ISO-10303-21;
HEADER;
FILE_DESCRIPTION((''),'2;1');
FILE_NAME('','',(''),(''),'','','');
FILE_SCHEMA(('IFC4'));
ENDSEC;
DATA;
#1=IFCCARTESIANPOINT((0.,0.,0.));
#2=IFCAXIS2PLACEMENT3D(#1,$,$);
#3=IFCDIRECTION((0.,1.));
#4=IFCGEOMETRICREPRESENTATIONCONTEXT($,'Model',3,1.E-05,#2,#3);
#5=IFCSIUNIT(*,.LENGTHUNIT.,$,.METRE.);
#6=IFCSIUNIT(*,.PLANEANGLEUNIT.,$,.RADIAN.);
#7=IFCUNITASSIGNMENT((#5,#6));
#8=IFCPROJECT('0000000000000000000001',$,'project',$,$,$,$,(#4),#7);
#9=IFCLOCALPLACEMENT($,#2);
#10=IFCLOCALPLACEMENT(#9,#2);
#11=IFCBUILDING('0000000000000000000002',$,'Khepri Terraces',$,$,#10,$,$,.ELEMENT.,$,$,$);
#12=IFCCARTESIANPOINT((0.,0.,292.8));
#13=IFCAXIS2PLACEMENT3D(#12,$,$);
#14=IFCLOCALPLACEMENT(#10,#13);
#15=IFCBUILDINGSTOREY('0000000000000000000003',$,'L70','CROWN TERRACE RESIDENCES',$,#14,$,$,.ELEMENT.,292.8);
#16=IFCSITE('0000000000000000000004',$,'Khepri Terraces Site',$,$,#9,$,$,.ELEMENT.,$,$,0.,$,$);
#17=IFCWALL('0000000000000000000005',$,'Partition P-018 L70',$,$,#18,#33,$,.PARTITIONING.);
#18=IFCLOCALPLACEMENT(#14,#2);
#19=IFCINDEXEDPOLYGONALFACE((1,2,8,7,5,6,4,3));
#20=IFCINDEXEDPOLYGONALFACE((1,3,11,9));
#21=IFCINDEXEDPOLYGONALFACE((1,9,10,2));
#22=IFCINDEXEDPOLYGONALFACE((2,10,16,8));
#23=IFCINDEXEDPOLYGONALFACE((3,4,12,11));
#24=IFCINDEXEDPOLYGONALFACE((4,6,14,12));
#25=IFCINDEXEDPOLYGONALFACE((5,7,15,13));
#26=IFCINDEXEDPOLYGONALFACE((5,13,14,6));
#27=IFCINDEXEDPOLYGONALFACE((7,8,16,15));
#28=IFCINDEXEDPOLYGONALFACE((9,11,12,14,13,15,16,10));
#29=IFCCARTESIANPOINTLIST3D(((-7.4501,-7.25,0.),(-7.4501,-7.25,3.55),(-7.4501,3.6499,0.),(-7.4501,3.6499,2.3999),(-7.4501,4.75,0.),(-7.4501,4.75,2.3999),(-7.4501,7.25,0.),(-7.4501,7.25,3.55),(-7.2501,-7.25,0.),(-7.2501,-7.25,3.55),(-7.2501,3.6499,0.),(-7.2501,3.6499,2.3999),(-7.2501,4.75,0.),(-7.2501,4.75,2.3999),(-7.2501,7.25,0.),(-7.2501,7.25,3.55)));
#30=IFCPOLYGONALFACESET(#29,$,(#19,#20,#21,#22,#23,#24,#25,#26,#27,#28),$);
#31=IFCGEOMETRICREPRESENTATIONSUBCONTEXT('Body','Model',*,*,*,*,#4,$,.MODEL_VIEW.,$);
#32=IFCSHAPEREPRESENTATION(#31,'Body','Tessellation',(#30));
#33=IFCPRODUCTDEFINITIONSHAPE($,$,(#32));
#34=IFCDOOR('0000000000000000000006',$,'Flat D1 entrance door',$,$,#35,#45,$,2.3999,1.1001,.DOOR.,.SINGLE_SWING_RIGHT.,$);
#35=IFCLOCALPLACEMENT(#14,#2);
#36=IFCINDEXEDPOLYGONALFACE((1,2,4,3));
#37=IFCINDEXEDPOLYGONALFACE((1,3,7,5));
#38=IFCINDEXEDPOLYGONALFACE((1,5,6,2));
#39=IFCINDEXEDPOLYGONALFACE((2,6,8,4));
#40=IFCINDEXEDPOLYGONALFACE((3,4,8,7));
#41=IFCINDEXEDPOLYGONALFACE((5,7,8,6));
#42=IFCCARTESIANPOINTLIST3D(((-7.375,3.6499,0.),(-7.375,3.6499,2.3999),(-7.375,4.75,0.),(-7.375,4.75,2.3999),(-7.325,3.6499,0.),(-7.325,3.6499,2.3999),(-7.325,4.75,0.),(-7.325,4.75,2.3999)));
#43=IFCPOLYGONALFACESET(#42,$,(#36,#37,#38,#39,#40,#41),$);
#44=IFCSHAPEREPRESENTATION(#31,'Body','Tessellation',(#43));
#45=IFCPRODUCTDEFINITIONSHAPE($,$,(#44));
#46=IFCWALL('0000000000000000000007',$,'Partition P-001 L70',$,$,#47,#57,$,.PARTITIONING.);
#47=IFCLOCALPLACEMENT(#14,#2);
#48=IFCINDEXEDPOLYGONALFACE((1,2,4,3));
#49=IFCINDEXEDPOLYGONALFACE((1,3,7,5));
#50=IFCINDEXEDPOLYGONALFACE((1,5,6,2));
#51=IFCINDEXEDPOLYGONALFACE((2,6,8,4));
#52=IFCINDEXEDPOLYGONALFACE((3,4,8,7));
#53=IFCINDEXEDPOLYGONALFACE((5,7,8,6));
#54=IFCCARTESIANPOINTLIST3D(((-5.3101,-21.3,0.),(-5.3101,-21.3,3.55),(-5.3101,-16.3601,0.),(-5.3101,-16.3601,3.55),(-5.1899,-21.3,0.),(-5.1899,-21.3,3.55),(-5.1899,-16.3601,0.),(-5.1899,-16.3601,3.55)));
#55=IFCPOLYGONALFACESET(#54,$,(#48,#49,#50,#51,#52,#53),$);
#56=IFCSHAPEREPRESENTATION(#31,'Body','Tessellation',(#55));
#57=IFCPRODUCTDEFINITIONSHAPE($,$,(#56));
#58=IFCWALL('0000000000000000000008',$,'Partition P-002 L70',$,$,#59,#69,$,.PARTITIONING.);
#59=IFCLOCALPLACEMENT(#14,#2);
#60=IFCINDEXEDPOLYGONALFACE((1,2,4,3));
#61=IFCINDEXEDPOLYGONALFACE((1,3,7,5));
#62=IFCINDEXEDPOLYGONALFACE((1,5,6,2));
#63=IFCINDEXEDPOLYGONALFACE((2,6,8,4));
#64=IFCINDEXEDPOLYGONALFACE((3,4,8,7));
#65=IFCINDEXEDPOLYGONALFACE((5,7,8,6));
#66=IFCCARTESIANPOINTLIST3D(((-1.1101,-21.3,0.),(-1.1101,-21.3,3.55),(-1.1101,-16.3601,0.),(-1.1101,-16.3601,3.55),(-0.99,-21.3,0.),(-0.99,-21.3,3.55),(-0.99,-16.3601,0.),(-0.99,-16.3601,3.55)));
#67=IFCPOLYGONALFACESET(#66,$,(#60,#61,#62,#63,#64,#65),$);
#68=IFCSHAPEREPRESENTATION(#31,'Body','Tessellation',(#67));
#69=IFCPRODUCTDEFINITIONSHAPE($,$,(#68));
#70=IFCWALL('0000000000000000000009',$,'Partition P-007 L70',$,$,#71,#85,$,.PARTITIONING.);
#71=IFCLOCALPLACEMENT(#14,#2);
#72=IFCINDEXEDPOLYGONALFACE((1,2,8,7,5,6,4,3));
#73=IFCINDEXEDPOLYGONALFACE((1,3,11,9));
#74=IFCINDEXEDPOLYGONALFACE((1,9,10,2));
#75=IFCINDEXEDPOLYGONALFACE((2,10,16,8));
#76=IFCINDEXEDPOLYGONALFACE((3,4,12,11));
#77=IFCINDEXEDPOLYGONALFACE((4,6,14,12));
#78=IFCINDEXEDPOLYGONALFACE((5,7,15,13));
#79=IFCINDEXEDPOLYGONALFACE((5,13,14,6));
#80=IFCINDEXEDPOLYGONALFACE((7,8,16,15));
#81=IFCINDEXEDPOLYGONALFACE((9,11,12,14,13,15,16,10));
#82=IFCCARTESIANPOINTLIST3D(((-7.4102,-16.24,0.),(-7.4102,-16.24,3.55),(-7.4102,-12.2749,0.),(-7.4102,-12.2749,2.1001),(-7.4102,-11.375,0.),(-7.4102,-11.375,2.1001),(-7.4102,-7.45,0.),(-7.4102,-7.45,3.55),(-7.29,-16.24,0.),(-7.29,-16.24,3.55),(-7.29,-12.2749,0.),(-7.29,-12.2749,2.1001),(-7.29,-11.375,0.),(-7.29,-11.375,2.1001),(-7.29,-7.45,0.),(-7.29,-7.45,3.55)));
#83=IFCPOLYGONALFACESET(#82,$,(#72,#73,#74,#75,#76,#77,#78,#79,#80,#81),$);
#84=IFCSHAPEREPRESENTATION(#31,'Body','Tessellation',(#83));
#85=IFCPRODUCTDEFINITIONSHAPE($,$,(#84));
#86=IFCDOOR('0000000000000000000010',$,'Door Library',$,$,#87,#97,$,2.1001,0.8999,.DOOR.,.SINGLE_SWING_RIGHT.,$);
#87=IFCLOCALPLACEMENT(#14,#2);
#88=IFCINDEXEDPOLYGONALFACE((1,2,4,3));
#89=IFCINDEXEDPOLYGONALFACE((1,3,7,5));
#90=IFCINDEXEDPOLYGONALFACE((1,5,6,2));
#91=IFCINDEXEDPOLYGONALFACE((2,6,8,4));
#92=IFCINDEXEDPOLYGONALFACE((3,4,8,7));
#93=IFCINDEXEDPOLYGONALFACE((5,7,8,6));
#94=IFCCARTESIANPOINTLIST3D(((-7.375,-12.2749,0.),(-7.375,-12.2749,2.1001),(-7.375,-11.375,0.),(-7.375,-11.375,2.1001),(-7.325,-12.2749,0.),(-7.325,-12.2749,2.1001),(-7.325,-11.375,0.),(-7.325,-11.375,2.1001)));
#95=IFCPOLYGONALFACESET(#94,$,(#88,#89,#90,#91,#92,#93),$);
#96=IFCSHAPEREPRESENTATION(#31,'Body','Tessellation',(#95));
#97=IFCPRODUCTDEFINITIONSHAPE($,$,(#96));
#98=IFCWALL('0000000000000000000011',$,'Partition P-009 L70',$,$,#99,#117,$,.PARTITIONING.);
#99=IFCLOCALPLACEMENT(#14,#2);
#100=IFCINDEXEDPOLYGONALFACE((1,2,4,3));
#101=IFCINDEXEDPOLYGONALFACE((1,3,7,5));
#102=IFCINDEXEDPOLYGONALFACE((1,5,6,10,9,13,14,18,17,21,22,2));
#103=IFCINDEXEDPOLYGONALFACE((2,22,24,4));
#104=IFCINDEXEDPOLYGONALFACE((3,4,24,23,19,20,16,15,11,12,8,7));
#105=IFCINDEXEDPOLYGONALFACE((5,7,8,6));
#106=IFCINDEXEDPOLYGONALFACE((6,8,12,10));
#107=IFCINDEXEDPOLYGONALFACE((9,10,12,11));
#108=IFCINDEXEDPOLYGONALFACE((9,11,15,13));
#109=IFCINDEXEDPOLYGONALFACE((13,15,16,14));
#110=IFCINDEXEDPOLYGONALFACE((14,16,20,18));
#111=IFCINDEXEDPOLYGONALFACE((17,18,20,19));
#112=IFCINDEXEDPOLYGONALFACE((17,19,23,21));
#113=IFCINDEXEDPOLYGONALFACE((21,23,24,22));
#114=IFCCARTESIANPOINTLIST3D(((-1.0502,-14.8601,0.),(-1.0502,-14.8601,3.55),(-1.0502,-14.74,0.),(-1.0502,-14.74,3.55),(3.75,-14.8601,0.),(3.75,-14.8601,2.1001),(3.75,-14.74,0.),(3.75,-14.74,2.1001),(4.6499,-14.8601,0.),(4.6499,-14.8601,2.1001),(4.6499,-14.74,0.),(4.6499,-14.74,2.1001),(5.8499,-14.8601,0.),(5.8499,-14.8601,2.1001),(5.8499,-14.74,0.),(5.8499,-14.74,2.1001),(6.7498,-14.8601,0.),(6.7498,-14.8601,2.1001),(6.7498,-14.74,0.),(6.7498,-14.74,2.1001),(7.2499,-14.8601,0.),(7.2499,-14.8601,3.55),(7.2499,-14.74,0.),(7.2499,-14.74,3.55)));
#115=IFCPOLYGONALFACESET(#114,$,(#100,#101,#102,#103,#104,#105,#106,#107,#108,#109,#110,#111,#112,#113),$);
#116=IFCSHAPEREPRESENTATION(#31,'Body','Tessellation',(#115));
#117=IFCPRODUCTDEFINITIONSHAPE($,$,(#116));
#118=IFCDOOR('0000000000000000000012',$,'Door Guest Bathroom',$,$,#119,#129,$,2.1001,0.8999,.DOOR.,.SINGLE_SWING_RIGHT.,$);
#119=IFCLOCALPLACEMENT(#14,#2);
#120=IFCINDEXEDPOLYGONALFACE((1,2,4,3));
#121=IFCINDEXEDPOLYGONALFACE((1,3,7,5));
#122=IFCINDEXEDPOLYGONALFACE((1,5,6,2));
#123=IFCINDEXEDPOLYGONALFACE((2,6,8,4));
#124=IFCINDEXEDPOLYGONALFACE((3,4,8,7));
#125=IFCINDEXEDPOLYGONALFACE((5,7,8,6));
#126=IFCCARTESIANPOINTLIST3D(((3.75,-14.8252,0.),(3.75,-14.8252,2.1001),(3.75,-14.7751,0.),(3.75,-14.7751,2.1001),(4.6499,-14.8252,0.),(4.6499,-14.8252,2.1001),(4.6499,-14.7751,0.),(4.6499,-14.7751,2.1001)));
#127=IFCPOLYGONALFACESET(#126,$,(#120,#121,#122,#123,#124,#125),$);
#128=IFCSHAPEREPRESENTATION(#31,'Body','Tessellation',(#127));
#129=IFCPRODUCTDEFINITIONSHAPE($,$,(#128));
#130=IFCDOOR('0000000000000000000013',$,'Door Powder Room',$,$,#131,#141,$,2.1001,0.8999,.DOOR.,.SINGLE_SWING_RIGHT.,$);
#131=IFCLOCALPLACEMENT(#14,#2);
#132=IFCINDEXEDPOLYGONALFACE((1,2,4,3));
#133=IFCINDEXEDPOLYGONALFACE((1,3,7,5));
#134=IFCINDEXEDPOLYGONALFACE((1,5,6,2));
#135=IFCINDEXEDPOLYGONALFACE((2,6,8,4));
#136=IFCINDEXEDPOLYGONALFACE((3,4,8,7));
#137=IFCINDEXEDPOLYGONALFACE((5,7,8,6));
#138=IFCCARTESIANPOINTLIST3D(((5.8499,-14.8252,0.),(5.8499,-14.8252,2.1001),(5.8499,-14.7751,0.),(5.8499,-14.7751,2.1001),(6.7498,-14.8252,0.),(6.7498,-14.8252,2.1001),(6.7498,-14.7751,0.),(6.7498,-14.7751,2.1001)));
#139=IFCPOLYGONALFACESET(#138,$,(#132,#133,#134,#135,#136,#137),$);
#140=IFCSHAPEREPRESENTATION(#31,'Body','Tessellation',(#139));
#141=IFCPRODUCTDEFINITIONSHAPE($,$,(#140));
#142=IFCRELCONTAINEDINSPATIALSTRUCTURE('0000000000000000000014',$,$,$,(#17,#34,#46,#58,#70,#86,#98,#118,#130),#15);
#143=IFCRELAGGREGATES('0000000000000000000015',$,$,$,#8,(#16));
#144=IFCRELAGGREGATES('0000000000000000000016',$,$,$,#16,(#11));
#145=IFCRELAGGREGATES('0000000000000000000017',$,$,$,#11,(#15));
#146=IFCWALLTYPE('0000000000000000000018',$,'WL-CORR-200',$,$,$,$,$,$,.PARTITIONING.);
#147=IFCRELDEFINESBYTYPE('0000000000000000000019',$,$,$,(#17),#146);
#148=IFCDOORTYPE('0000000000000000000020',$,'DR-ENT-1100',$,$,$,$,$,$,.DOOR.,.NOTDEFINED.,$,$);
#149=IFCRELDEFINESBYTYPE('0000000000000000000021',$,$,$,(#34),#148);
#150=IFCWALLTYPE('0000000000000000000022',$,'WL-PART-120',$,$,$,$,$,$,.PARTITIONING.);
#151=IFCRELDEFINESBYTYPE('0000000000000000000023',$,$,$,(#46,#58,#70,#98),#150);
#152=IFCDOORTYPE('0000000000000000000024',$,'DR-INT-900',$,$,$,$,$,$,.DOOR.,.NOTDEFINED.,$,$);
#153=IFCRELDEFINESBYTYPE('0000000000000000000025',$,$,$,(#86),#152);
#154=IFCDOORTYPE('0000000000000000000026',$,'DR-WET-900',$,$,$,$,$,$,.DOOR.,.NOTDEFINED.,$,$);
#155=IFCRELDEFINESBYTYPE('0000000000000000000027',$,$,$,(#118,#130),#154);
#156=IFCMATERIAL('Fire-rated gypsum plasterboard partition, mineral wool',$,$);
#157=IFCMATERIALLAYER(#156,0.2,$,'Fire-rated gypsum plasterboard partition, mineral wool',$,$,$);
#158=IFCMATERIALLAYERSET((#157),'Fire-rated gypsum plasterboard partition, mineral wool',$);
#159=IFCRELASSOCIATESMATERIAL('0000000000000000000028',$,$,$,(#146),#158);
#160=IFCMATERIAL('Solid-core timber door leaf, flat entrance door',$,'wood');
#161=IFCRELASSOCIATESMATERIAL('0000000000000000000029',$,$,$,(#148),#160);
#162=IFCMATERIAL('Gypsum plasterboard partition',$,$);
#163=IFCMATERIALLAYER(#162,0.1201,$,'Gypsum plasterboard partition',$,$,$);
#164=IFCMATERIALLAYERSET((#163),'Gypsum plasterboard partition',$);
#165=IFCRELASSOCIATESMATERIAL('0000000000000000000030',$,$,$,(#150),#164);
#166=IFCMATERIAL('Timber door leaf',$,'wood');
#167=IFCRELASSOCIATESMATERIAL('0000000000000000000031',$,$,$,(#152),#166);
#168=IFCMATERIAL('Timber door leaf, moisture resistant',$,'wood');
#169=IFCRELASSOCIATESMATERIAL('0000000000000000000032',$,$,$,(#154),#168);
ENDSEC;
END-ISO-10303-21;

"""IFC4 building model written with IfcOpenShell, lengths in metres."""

from ifc_helpers import new_model, si_unit, direction, frame, frame_2d, origin, place, context, subcontext, project, spatial, rectangle, extrude, material, layer, layer_set, type_object, element, fill, save


model = new_model("IFC4")

# Units and contexts
model_context = context("Model", 3, precision=1e-05, world=origin(), true_north=direction((0.0, 1.0)))
body_context = subcontext(model_context, "Body", "Model", "MODEL_VIEW")
ifc_project = project(units=[si_unit("LENGTHUNIT", "METRE"), si_unit("PLANEANGLEUNIT", "RADIAN")], contexts=[model_context])

# Site, building, storey
site_placement = place(None, origin())
site = spatial("IfcSite", under=ifc_project, at=site_placement, Name="Khepri Terraces Site", CompositionType="ELEMENT", RefElevation=0.0)
building_placement = place(site_placement, origin())
building = spatial("IfcBuilding", under=site, at=building_placement, Name="Khepri Terraces", CompositionType="ELEMENT")
storey_placement = place(building_placement, frame((0.0, 0.0, 292.8)))
storey = spatial("IfcBuildingStorey", under=building, at=storey_placement, Name="L70", Description="CROWN TERRACE RESIDENCES", CompositionType="ELEMENT", Elevation=292.8)

# Wall, opening, door
ifc_material_1 = material(Name="Fire-rated gypsum plasterboard partition, mineral wool")
ifc_layer_1 = layer(ifc_material_1, 0.2, Name="Fire-rated gypsum plasterboard partition, mineral wool")
ifc_layer_set_1 = layer_set([ifc_layer_1], Name="Fire-rated gypsum plasterboard partition, mineral wool")
wall_type_1 = type_object("IfcWallType", Name="WL-CORR-200", PredefinedType="PARTITIONING", material=ifc_layer_set_1)
wall_1_placement = place(storey_placement, frame((-7.3501, -7.25, 0.0), z_axis=(0.0, 0.0, 1.0), x_axis=(0.0, 1.0, 0.0)))
wall_1 = element("IfcWall", 1, at=wall_1_placement, inside=storey, type_object=wall_type_1, Name="Partition P-018 L70", PredefinedType="PARTITIONING", context=body_context, shape_type="SweptSolid", body=[
    extrude(rectangle(XDim=14.5, YDim=0.2, at=frame_2d((7.25, 0.0))), origin(), (0.0, 0.0, 1.0), 3.55),
])
opening_1_placement = place(wall_1_placement, frame((10.8999, 0.0, 0.0)))
opening_1 = element("IfcOpeningElement", 2, at=opening_1_placement, cuts=wall_1, PredefinedType="OPENING", context=body_context, shape_type="SweptSolid", body=[
    extrude(rectangle(XDim=1.1001, YDim=2.3999, at=frame_2d((0.55, 1.2))), frame((0.0, 0.1099, 0.0), z_axis=(0.0, -1.0, 0.0), x_axis=(1.0, 0.0, 0.0)), (0.0, 0.0, 1.0), 0.22),
])
ifc_material_2 = material(Name="Solid-core timber door leaf, flat entrance door", Category="wood")
door_type_1 = type_object("IfcDoorType", Name="DR-ENT-1100", OperationType="NOTDEFINED", PredefinedType="DOOR", material=ifc_material_2)
door_1_placement = place(opening_1_placement, origin())
door_1 = element("IfcDoor", 3, at=door_1_placement, inside=storey, type_object=door_type_1, Name="Flat D1 entrance door", OperationType="SINGLE_SWING_RIGHT", OverallHeight=2.3999, OverallWidth=1.1001, PredefinedType="DOOR", context=body_context, shape_type="SweptSolid", body=[
    extrude(rectangle(XDim=1.1001, YDim=2.3999, at=frame_2d((0.55, 1.2))), frame((0.0, 0.0249, 0.0), z_axis=(0.0, -1.0, 0.0), x_axis=(1.0, 0.0, 0.0)), (0.0, 0.0, 1.0), 0.05),
])
fill(opening_1, door_1)

# Walls
ifc_material_3 = material(Name="Gypsum plasterboard partition")
ifc_layer_2 = layer(ifc_material_3, 0.1201, Name="Gypsum plasterboard partition")
ifc_layer_set_2 = layer_set([ifc_layer_2], Name="Gypsum plasterboard partition")
wall_type_2 = type_object("IfcWallType", Name="WL-PART-120", PredefinedType="PARTITIONING", material=ifc_layer_set_2)
for number, where, z_axis, x_axis, name in (
    (4, (-5.25, -21.3, 0.0), (0.0, 0.0, 1.0), (0.0, 1.0, 0.0), "Partition P-001 L70"),
    (5, (-1.05, -21.3, 0.0), (0.0, 0.0, 1.0), (0.0, 1.0, 0.0), "Partition P-002 L70"),
):
    element("IfcWall", number, at=place(storey_placement, frame(where, z_axis=z_axis, x_axis=x_axis)), inside=storey, type_object=wall_type_2, Name=name, PredefinedType="PARTITIONING", context=body_context, shape_type="SweptSolid", body=[
        extrude(rectangle(XDim=4.9399, YDim=0.1201, at=frame_2d((2.47, 0.0))), origin(), (0.0, 0.0, 1.0), 3.55),
    ])

# Wall, opening, door
wall_2_placement = place(storey_placement, frame((-7.3501, -16.24, 0.0), z_axis=(0.0, 0.0, 1.0), x_axis=(0.0, 1.0, 0.0)))
wall_2 = element("IfcWall", 6, at=wall_2_placement, inside=storey, type_object=wall_type_2, Name="Partition P-007 L70", PredefinedType="PARTITIONING", context=body_context, shape_type="SweptSolid", body=[
    extrude(rectangle(XDim=8.79, YDim=0.1201, at=frame_2d((4.395, 0.0))), origin(), (0.0, 0.0, 1.0), 3.55),
])
opening_2_placement = place(wall_2_placement, frame((3.9651, 0.0, 0.0)))
opening_2 = element("IfcOpeningElement", 7, at=opening_2_placement, cuts=wall_2, PredefinedType="OPENING", context=body_context, shape_type="SweptSolid", body=[
    extrude(rectangle(XDim=0.8999, YDim=2.1001, at=frame_2d((0.45, 1.05))), frame((0.0, 0.0701, 0.0), z_axis=(0.0, -1.0, 0.0), x_axis=(1.0, 0.0, 0.0)), (0.0, 0.0, 1.0), 0.1401),
])
ifc_material_4 = material(Name="Timber door leaf", Category="wood")
door_type_2 = type_object("IfcDoorType", Name="DR-INT-900", OperationType="NOTDEFINED", PredefinedType="DOOR", material=ifc_material_4)
door_2_placement = place(opening_2_placement, origin())
door_2 = element("IfcDoor", 8, at=door_2_placement, inside=storey, type_object=door_type_2, Name="Door Library", OperationType="SINGLE_SWING_RIGHT", OverallHeight=2.1001, OverallWidth=0.8999, PredefinedType="DOOR", context=body_context, shape_type="SweptSolid", body=[
    extrude(rectangle(XDim=0.8999, YDim=2.1001, at=frame_2d((0.45, 1.05))), frame((0.0, 0.0249, 0.0), z_axis=(0.0, -1.0, 0.0), x_axis=(1.0, 0.0, 0.0)), (0.0, 0.0, 1.0), 0.05),
])
fill(opening_2, door_2)

# Wall, openings, doors
wall_3_placement = place(storey_placement, frame((-1.05, -14.8, 0.0), z_axis=(0.0, 0.0, 1.0), x_axis=(1.0, 0.0, 0.0)))
wall_3 = element("IfcWall", 9, at=wall_3_placement, inside=storey, type_object=wall_type_2, Name="Partition P-009 L70", PredefinedType="PARTITIONING", context=body_context, shape_type="SweptSolid", body=[
    extrude(rectangle(XDim=8.3, YDim=0.1201, at=frame_2d((4.1499, 0.0))), origin(), (0.0, 0.0, 1.0), 3.55),
])
opening_3_placement = place(wall_3_placement, frame((4.8, 0.0, 0.0)))
opening_3 = element("IfcOpeningElement", 10, at=opening_3_placement, cuts=wall_3, PredefinedType="OPENING", context=body_context, shape_type="SweptSolid", body=[
    extrude(rectangle(XDim=0.8999, YDim=2.1001, at=frame_2d((0.45, 1.05))), frame((0.0, 0.0701, 0.0), z_axis=(0.0, -1.0, 0.0), x_axis=(1.0, 0.0, 0.0)), (0.0, 0.0, 1.0), 0.1401),
])
opening_4_placement = place(wall_3_placement, frame((6.8999, 0.0, 0.0)))
opening_4 = element("IfcOpeningElement", 11, at=opening_4_placement, cuts=wall_3, PredefinedType="OPENING", context=body_context, shape_type="SweptSolid", body=[
    extrude(rectangle(XDim=0.8999, YDim=2.1001, at=frame_2d((0.45, 1.05))), frame((0.0, 0.0701, 0.0), z_axis=(0.0, -1.0, 0.0), x_axis=(1.0, 0.0, 0.0)), (0.0, 0.0, 1.0), 0.1401),
])
ifc_material_5 = material(Name="Timber door leaf, moisture resistant", Category="wood")
door_type_3 = type_object("IfcDoorType", Name="DR-WET-900", OperationType="NOTDEFINED", PredefinedType="DOOR", material=ifc_material_5)
door_3_placement = place(opening_3_placement, origin())
door_3 = element("IfcDoor", 12, at=door_3_placement, inside=storey, type_object=door_type_3, Name="Door Guest Bathroom", OperationType="SINGLE_SWING_RIGHT", OverallHeight=2.1001, OverallWidth=0.8999, PredefinedType="DOOR", context=body_context, shape_type="SweptSolid", body=[
    extrude(rectangle(XDim=0.8999, YDim=2.1001, at=frame_2d((0.45, 1.05))), frame((0.0, 0.0249, 0.0), z_axis=(0.0, -1.0, 0.0), x_axis=(1.0, 0.0, 0.0)), (0.0, 0.0, 1.0), 0.05),
])
fill(opening_3, door_3)
door_4_placement = place(opening_4_placement, origin())
door_4 = element("IfcDoor", 13, at=door_4_placement, inside=storey, type_object=door_type_3, Name="Door Powder Room", OperationType="SINGLE_SWING_RIGHT", OverallHeight=2.1001, OverallWidth=0.8999, PredefinedType="DOOR", context=body_context, shape_type="SweptSolid", body=[
    extrude(rectangle(XDim=0.8999, YDim=2.1001, at=frame_2d((0.45, 1.05))), frame((0.0, 0.0249, 0.0), z_axis=(0.0, -1.0, 0.0), x_axis=(1.0, 0.0, 0.0)), (0.0, 0.0, 1.0), 0.05),
])
fill(opening_4, door_4)

save(model, "model.ifc")
